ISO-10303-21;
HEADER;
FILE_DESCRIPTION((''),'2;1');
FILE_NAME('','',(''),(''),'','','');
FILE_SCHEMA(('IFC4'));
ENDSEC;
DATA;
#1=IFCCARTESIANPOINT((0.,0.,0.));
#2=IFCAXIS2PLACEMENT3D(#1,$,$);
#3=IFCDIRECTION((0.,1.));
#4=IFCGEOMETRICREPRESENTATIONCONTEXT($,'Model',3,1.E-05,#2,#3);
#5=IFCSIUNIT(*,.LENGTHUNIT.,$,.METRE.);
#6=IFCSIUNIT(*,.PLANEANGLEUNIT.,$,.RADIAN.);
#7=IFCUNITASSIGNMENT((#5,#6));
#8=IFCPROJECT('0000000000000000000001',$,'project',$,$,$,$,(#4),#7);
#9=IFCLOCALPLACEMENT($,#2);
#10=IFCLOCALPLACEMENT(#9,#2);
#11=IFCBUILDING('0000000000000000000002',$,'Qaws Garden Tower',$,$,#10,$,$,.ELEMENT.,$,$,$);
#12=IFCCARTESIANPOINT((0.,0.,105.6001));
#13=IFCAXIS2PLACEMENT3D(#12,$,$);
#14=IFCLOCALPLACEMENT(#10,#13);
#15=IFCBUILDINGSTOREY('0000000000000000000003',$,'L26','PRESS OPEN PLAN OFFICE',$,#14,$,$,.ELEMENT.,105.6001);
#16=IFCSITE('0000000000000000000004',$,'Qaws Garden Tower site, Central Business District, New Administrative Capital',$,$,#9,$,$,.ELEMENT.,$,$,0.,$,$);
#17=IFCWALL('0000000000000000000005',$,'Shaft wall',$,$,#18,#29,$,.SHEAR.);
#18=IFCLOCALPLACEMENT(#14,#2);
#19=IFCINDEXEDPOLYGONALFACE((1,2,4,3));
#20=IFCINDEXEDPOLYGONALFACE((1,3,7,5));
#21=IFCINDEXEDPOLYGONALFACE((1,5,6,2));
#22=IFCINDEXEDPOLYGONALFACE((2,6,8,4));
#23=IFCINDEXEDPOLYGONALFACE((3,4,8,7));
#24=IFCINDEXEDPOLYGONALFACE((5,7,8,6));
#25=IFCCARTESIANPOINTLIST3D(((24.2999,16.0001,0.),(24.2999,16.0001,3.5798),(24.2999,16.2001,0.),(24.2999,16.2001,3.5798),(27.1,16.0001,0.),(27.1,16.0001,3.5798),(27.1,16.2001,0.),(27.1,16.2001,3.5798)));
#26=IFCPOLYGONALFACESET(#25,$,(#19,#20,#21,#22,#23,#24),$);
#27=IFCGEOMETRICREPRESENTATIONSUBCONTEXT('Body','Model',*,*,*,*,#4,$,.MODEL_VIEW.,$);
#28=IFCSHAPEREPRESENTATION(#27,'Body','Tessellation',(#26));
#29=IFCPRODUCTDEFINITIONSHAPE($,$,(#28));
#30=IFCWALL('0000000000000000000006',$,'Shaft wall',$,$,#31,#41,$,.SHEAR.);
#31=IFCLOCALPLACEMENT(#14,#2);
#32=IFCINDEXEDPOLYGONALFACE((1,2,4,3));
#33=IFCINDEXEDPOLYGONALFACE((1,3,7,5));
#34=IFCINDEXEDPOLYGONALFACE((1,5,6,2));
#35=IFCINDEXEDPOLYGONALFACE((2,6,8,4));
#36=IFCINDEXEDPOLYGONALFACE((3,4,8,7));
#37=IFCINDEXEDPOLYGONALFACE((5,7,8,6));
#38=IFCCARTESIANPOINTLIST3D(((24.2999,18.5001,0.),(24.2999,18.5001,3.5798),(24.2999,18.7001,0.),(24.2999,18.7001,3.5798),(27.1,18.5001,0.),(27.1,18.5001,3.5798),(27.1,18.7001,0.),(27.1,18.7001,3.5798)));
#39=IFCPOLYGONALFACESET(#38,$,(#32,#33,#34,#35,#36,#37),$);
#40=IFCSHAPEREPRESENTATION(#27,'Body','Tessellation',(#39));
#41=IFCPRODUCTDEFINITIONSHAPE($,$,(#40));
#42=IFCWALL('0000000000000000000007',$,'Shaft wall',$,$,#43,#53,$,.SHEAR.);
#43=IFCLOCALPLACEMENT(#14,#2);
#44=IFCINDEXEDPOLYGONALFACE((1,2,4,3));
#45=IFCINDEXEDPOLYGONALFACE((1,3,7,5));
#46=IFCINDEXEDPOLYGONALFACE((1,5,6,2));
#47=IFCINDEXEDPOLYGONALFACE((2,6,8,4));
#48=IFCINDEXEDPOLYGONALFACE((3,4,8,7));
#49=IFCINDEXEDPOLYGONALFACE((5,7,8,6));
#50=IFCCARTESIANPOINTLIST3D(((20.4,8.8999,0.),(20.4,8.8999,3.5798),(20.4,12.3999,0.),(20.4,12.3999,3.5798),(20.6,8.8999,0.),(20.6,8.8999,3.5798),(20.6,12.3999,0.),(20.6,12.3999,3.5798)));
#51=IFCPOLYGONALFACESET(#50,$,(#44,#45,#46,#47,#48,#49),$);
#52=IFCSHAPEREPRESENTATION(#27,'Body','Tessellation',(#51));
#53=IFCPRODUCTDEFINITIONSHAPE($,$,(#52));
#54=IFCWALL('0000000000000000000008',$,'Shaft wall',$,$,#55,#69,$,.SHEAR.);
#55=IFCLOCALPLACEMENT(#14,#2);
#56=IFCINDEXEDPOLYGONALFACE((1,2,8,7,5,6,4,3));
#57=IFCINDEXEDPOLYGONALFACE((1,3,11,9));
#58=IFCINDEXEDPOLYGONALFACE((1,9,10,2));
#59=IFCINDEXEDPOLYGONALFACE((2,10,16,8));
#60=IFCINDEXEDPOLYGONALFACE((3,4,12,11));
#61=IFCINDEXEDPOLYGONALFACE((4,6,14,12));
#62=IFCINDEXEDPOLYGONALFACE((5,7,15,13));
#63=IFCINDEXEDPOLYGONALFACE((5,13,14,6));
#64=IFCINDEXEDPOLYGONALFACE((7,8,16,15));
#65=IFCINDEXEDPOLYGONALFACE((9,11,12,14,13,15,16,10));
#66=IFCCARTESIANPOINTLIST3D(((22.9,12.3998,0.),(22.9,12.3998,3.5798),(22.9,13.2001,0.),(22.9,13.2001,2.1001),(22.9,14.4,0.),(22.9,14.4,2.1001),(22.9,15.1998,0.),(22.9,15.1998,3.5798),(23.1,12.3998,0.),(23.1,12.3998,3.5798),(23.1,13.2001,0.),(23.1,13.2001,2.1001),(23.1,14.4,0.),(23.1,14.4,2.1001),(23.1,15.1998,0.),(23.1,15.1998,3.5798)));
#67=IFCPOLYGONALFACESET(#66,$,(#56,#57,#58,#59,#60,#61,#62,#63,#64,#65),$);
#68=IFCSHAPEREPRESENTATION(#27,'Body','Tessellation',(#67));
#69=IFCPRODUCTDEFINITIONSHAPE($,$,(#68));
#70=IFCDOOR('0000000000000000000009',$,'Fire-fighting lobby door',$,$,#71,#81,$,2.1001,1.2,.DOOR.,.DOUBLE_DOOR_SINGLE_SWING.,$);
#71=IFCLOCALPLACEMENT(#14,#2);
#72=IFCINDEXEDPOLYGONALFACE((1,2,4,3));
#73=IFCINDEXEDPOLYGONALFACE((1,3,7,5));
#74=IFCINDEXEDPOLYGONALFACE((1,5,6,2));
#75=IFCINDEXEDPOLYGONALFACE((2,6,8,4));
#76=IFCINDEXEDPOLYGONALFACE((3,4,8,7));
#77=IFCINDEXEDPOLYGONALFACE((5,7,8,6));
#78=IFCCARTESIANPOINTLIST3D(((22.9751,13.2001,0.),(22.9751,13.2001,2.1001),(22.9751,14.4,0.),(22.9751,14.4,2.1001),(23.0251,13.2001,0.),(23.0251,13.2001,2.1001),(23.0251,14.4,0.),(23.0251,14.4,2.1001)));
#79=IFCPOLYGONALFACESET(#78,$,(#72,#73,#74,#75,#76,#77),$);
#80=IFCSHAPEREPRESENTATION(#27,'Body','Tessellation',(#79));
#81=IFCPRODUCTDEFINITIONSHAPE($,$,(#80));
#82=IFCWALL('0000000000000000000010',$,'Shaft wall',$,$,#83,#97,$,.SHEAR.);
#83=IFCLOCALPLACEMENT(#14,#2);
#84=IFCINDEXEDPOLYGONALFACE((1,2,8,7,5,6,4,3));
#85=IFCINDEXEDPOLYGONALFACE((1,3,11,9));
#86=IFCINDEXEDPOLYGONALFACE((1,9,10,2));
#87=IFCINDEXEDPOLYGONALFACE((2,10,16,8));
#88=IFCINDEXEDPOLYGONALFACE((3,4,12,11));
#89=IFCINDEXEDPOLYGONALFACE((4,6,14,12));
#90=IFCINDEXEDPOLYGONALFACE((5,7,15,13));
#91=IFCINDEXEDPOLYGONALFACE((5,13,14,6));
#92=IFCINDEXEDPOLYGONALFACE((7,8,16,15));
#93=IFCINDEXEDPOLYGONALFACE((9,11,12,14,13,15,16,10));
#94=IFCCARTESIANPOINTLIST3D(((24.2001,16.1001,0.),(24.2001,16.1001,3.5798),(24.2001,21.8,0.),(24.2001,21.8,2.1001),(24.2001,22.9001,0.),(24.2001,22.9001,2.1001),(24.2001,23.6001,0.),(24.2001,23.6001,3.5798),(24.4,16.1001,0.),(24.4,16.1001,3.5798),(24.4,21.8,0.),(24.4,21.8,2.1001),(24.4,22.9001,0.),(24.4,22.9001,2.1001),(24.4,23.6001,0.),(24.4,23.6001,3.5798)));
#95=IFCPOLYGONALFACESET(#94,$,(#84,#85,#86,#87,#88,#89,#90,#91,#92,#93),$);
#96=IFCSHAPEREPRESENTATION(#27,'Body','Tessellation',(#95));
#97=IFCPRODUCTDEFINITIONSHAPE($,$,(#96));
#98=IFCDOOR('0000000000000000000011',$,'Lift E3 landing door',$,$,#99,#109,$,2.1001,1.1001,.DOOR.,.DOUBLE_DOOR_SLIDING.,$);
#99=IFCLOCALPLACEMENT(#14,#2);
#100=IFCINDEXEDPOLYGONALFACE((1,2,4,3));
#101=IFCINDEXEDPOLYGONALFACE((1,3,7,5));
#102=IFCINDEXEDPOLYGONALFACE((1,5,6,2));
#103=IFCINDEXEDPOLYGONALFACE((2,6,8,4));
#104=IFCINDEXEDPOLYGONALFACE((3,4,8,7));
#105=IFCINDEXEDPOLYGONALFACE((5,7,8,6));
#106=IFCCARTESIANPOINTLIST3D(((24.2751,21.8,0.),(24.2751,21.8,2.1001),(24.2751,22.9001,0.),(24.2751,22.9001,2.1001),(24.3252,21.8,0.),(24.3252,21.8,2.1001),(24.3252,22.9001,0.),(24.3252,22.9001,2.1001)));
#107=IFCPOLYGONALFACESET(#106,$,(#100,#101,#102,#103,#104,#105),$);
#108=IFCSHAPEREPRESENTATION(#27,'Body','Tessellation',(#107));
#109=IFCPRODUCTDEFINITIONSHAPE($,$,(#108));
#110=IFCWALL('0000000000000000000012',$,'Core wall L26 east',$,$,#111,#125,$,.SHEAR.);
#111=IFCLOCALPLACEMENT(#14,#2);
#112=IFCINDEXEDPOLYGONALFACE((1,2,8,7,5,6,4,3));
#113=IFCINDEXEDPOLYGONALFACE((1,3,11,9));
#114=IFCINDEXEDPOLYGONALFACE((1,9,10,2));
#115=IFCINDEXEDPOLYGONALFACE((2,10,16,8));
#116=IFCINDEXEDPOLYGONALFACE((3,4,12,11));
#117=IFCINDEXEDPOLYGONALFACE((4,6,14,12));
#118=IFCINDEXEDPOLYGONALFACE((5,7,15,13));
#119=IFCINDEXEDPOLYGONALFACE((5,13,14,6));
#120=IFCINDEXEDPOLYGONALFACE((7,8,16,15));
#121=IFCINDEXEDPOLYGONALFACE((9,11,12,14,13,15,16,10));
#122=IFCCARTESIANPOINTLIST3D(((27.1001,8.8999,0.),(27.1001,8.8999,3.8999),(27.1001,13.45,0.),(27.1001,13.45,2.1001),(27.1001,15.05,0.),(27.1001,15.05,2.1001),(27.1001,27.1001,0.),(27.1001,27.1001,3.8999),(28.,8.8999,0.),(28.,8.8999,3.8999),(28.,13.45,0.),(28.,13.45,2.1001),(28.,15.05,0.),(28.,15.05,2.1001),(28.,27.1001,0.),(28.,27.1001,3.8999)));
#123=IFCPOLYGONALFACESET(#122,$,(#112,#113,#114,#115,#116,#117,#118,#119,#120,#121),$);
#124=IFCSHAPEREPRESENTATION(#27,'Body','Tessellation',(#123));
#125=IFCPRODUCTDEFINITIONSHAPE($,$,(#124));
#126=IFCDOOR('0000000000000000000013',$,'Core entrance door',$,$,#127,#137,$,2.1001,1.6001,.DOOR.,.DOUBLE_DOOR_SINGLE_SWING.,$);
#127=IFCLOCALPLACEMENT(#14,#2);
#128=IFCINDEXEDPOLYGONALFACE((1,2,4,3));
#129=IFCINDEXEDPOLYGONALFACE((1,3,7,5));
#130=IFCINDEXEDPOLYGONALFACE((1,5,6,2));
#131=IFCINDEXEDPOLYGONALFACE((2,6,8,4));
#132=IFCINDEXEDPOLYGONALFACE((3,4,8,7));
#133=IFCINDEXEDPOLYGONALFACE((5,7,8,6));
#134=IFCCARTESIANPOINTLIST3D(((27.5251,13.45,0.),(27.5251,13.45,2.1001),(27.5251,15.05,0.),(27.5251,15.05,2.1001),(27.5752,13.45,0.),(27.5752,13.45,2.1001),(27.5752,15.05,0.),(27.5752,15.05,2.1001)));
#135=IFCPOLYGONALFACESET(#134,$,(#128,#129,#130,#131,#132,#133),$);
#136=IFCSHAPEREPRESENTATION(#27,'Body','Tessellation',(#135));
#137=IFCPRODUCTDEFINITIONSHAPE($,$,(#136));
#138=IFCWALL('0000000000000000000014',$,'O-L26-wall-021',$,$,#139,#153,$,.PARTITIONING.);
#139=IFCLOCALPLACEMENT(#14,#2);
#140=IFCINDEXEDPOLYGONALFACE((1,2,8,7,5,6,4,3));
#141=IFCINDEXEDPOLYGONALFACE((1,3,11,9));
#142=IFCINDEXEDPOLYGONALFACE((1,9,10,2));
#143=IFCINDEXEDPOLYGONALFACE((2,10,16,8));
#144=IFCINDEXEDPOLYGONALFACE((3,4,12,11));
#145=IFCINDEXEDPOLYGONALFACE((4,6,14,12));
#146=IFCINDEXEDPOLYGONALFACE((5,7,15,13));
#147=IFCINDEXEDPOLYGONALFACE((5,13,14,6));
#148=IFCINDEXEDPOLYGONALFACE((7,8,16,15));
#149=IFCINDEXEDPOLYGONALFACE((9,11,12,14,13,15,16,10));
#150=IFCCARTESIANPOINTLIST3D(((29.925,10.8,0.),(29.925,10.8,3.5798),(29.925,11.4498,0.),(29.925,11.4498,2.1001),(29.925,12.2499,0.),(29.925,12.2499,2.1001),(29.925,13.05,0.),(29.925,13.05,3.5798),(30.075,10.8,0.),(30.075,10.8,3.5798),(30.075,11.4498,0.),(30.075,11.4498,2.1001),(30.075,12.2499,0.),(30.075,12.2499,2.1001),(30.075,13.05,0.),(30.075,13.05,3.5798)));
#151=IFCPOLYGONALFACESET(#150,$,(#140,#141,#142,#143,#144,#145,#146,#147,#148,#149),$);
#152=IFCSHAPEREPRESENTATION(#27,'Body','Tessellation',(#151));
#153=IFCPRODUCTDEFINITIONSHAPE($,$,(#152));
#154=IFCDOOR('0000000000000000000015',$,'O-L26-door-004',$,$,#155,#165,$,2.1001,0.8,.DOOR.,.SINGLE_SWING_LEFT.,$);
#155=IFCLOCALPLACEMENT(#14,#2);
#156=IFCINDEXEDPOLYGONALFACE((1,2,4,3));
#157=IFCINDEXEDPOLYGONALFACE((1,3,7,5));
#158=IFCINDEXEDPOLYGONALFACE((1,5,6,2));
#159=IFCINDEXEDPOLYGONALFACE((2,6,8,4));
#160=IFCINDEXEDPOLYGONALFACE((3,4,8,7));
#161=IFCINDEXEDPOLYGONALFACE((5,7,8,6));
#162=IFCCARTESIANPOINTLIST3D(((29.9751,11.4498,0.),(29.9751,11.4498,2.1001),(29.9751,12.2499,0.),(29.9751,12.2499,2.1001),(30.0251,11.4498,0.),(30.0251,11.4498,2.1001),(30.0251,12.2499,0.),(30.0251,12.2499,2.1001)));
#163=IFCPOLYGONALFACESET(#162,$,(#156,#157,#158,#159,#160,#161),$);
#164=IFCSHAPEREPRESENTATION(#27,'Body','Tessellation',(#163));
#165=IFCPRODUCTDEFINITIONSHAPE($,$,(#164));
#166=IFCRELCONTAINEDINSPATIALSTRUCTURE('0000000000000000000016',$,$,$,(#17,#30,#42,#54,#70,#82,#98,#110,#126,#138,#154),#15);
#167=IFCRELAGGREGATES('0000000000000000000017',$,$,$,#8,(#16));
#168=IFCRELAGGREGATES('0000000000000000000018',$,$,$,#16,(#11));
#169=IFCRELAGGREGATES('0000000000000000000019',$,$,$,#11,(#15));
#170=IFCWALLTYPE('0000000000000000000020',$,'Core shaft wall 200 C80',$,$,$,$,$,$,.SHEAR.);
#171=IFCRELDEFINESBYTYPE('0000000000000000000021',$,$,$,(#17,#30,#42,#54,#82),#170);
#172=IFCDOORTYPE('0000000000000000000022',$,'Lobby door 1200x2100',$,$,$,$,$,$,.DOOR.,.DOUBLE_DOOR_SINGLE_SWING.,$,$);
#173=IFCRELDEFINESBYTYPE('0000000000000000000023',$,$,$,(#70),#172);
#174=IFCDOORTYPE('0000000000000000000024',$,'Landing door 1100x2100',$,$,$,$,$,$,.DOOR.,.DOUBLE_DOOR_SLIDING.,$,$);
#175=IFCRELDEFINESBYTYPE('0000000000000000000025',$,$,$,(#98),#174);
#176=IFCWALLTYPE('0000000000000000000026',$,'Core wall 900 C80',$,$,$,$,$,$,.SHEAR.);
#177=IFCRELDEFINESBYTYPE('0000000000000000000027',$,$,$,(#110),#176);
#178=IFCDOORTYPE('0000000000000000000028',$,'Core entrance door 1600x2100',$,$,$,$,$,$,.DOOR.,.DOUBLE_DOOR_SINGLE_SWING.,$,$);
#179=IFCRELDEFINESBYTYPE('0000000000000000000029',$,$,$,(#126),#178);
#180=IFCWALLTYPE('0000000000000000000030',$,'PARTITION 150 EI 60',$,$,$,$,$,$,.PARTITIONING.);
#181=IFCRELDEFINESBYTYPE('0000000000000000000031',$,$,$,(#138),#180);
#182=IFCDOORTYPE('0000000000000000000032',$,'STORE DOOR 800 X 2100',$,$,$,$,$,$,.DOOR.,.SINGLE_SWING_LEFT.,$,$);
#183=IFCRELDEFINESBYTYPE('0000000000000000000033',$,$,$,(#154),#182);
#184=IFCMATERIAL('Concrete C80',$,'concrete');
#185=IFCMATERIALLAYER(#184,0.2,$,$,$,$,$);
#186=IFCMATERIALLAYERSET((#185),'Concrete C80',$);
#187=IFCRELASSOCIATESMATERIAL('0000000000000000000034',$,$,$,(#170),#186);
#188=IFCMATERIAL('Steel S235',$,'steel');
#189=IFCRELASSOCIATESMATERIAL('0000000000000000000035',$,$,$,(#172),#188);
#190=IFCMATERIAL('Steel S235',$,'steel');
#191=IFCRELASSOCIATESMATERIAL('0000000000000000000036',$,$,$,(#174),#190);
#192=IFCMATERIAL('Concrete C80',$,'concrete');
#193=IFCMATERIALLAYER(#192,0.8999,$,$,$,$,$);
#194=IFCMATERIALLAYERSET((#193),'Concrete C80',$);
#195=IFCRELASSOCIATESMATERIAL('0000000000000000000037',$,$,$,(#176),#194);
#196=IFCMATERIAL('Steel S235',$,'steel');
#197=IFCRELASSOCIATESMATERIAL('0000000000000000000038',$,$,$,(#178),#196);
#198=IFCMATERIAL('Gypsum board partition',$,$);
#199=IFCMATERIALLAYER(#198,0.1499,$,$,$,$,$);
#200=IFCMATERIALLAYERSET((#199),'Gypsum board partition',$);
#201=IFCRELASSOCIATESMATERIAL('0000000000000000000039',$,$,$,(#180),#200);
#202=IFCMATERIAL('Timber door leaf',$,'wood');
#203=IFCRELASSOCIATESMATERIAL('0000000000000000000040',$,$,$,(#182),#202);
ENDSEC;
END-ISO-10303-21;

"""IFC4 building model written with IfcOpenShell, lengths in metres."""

from ifc_helpers import new_model, si_unit, direction, frame, frame_2d, origin, place, context, subcontext, project, spatial, rectangle, extrude, material, layer, layer_set, type_object, element, fill, save


model = new_model("IFC4")

# Units and contexts
model_context = context("Model", 3, precision=1e-05, world=origin(), true_north=direction((0.0, 1.0)))
body_context = subcontext(model_context, "Body", "Model", "MODEL_VIEW")
ifc_project = project(units=[si_unit("LENGTHUNIT", "METRE"), si_unit("PLANEANGLEUNIT", "RADIAN")], contexts=[model_context])

# Site, building, storey
site_placement = place(None, origin())
site = spatial("IfcSite", under=ifc_project, at=site_placement, Name="Qaws Garden Tower site, Central Business District, New Administrative Capital", CompositionType="ELEMENT", RefElevation=0.0)
building_placement = place(site_placement, origin())
building = spatial("IfcBuilding", under=site, at=building_placement, Name="Qaws Garden Tower", CompositionType="ELEMENT")
storey_placement = place(building_placement, frame((0.0, 0.0, 105.6001)))
storey = spatial("IfcBuildingStorey", under=building, at=storey_placement, Name="L26", Description="PRESS OPEN PLAN OFFICE", CompositionType="ELEMENT", Elevation=105.6001)

# Walls
ifc_material_1 = material(Name="Concrete C80", Category="concrete")
ifc_layer_1 = layer(ifc_material_1, 0.2)
ifc_layer_set_1 = layer_set([ifc_layer_1], Name="Concrete C80")
wall_type_1 = type_object("IfcWallType", Name="Core shaft wall 200 C80", PredefinedType="SHEAR", material=ifc_layer_set_1)
for number, where, z_axis, x_axis, name in (
    (1, (24.3, 16.1001, 0.0), (0.0, 0.0, 1.0), (1.0, 0.0, 0.0), "Shaft wall"),
    (2, (24.3, 18.6001, 0.0), (0.0, 0.0, 1.0), (1.0, 0.0, 0.0), "Shaft wall"),
):
    element("IfcWall", number, at=place(storey_placement, frame(where, z_axis=z_axis, x_axis=x_axis)), inside=storey, type_object=wall_type_1, Name=name, PredefinedType="SHEAR", context=body_context, shape_type="SweptSolid", body=[
        extrude(rectangle(XDim=2.8, YDim=0.2, at=frame_2d((1.3999, 0.0))), origin(), (0.0, 0.0, 1.0), 3.5798),
    ])
wall_1_placement = place(storey_placement, frame((20.5, 8.8999, 0.0), z_axis=(0.0, 0.0, 1.0), x_axis=(0.0, 1.0, 0.0)))
element("IfcWall", 3, at=wall_1_placement, inside=storey, type_object=wall_type_1, Name="Shaft wall", PredefinedType="SHEAR", context=body_context, shape_type="SweptSolid", body=[
    extrude(rectangle(XDim=3.5, YDim=0.2, at=frame_2d((1.75, 0.0))), origin(), (0.0, 0.0, 1.0), 3.5798),
])

# Walls, openings, doors
wall_2_placement = place(storey_placement, frame((23.0, 12.3999, 0.0), z_axis=(0.0, 0.0, 1.0), x_axis=(0.0, 1.0, 0.0)))
wall_2 = element("IfcWall", 4, at=wall_2_placement, inside=storey, type_object=wall_type_1, Name="Shaft wall", PredefinedType="SHEAR", context=body_context, shape_type="SweptSolid", body=[
    extrude(rectangle(XDim=2.8, YDim=0.2, at=frame_2d((1.3999, 0.0))), origin(), (0.0, 0.0, 1.0), 3.5798),
])
opening_1_placement = place(wall_2_placement, frame((0.8, 0.0, 0.0)))
opening_1 = element("IfcOpeningElement", 5, at=opening_1_placement, cuts=wall_2, PredefinedType="OPENING", context=body_context, shape_type="SweptSolid", body=[
    extrude(rectangle(XDim=1.2, YDim=2.1001, at=frame_2d((0.6001, 1.05))), frame((0.0, 0.1099, 0.0), z_axis=(0.0, -1.0, 0.0), x_axis=(1.0, 0.0, 0.0)), (0.0, 0.0, 1.0), 0.22),
])
ifc_material_2 = material(Name="Steel S235", Category="steel")
door_type_1 = type_object("IfcDoorType", Name="Lobby door 1200x2100", OperationType="DOUBLE_DOOR_SINGLE_SWING", PredefinedType="DOOR", material=ifc_material_2)
door_1_placement = place(opening_1_placement, origin())
door_1 = element("IfcDoor", 6, at=door_1_placement, inside=storey, type_object=door_type_1, Name="Fire-fighting lobby door", OperationType="DOUBLE_DOOR_SINGLE_SWING", OverallHeight=2.1001, OverallWidth=1.2, PredefinedType="DOOR", context=body_context, shape_type="SweptSolid", body=[
    extrude(rectangle(XDim=1.2, YDim=2.1001, at=frame_2d((0.6001, 1.05))), frame((0.0, 0.0249, 0.0), z_axis=(0.0, -1.0, 0.0), x_axis=(1.0, 0.0, 0.0)), (0.0, 0.0, 1.0), 0.05),
])
fill(opening_1, door_1)
wall_3_placement = place(storey_placement, frame((24.3, 16.1001, 0.0), z_axis=(0.0, 0.0, 1.0), x_axis=(0.0, 1.0, 0.0)))
wall_3 = element("IfcWall", 7, at=wall_3_placement, inside=storey, type_object=wall_type_1, Name="Shaft wall", PredefinedType="SHEAR", context=body_context, shape_type="SweptSolid", body=[
    extrude(rectangle(XDim=7.5, YDim=0.2, at=frame_2d((3.75, 0.0))), origin(), (0.0, 0.0, 1.0), 3.5798),
])
opening_2_placement = place(wall_3_placement, frame((5.7, 0.0, 0.0)))
opening_2 = element("IfcOpeningElement", 8, at=opening_2_placement, cuts=wall_3, PredefinedType="OPENING", context=body_context, shape_type="SweptSolid", body=[
    extrude(rectangle(XDim=1.1001, YDim=2.1001, at=frame_2d((0.55, 1.05))), frame((0.0, 0.1099, 0.0), z_axis=(0.0, -1.0, 0.0), x_axis=(1.0, 0.0, 0.0)), (0.0, 0.0, 1.0), 0.22),
])
ifc_material_3 = material(Name="Steel S235", Category="steel")
door_type_2 = type_object("IfcDoorType", Name="Landing door 1100x2100", OperationType="DOUBLE_DOOR_SLIDING", PredefinedType="DOOR", material=ifc_material_3)
door_2_placement = place(opening_2_placement, origin())
door_2 = element("IfcDoor", 9, at=door_2_placement, inside=storey, type_object=door_type_2, Name="Lift E3 landing door", OperationType="DOUBLE_DOOR_SLIDING", OverallHeight=2.1001, OverallWidth=1.1001, PredefinedType="DOOR", context=body_context, shape_type="SweptSolid", body=[
    extrude(rectangle(XDim=1.1001, YDim=2.1001, at=frame_2d((0.55, 1.05))), frame((0.0, 0.0249, 0.0), z_axis=(0.0, -1.0, 0.0), x_axis=(1.0, 0.0, 0.0)), (0.0, 0.0, 1.0), 0.05),
])
fill(opening_2, door_2)
ifc_material_4 = material(Name="Concrete C80", Category="concrete")
ifc_layer_2 = layer(ifc_material_4, 0.8999)
ifc_layer_set_2 = layer_set([ifc_layer_2], Name="Concrete C80")
wall_type_2 = type_object("IfcWallType", Name="Core wall 900 C80", PredefinedType="SHEAR", material=ifc_layer_set_2)
wall_4_placement = place(storey_placement, frame((27.55, 8.8999, 0.0), z_axis=(0.0, 0.0, 1.0), x_axis=(0.0, 1.0, 0.0)))
wall_4 = element("IfcWall", 10, at=wall_4_placement, inside=storey, type_object=wall_type_2, Name="Core wall L26 east", PredefinedType="SHEAR", context=body_context, shape_type="SweptSolid", body=[
    extrude(rectangle(XDim=18.2002, YDim=0.8999, at=frame_2d((9.1001, 0.0))), origin(), (0.0, 0.0, 1.0), 3.8999),
])
opening_3_placement = place(wall_4_placement, frame((4.55, 0.0, 0.0)))
opening_3 = element("IfcOpeningElement", 11, at=opening_3_placement, cuts=wall_4, PredefinedType="OPENING", context=body_context, shape_type="SweptSolid", body=[
    extrude(rectangle(XDim=1.6001, YDim=2.1001, at=frame_2d((0.8, 1.05))), frame((0.0, 0.46, 0.0), z_axis=(0.0, -1.0, 0.0), x_axis=(1.0, 0.0, 0.0)), (0.0, 0.0, 1.0), 0.9199),
])
ifc_material_5 = material(Name="Steel S235", Category="steel")
door_type_3 = type_object("IfcDoorType", Name="Core entrance door 1600x2100", OperationType="DOUBLE_DOOR_SINGLE_SWING", PredefinedType="DOOR", material=ifc_material_5)
door_3_placement = place(opening_3_placement, origin())
door_3 = element("IfcDoor", 12, at=door_3_placement, inside=storey, type_object=door_type_3, Name="Core entrance door", OperationType="DOUBLE_DOOR_SINGLE_SWING", OverallHeight=2.1001, OverallWidth=1.6001, PredefinedType="DOOR", context=body_context, shape_type="SweptSolid", body=[
    extrude(rectangle(XDim=1.6001, YDim=2.1001, at=frame_2d((0.8, 1.05))), frame((0.0, 0.0249, 0.0), z_axis=(0.0, -1.0, 0.0), x_axis=(1.0, 0.0, 0.0)), (0.0, 0.0, 1.0), 0.05),
])
fill(opening_3, door_3)
ifc_material_6 = material(Name="Gypsum board partition")
ifc_layer_3 = layer(ifc_material_6, 0.1499)
ifc_layer_set_3 = layer_set([ifc_layer_3], Name="Gypsum board partition")
wall_type_3 = type_object("IfcWallType", Name="PARTITION 150 EI 60", PredefinedType="PARTITIONING", material=ifc_layer_set_3)
wall_5_placement = place(storey_placement, frame((30.0, 10.8, 0.0), z_axis=(0.0, 0.0, 1.0), x_axis=(0.0, 1.0, 0.0)))
wall_5 = element("IfcWall", 13, at=wall_5_placement, inside=storey, type_object=wall_type_3, Name="O-L26-wall-021", PredefinedType="PARTITIONING", context=body_context, shape_type="SweptSolid", body=[
    extrude(rectangle(XDim=2.25, YDim=0.1499, at=frame_2d((1.125, 0.0))), origin(), (0.0, 0.0, 1.0), 3.5798),
])
opening_4_placement = place(wall_5_placement, frame((0.6499, 0.0, 0.0)))
opening_4 = element("IfcOpeningElement", 14, at=opening_4_placement, cuts=wall_5, PredefinedType="OPENING", context=body_context, shape_type="SweptSolid", body=[
    extrude(rectangle(XDim=0.8, YDim=2.1001, at=frame_2d((0.3999, 1.05))), frame((0.0, 0.085, 0.0), z_axis=(0.0, -1.0, 0.0), x_axis=(1.0, 0.0, 0.0)), (0.0, 0.0, 1.0), 0.1699),
])
ifc_material_7 = material(Name="Timber door leaf", Category="wood")
door_type_4 = type_object("IfcDoorType", Name="STORE DOOR 800 X 2100", OperationType="SINGLE_SWING_LEFT", PredefinedType="DOOR", material=ifc_material_7)
door_4_placement = place(opening_4_placement, origin())
door_4 = element("IfcDoor", 15, at=door_4_placement, inside=storey, type_object=door_type_4, Name="O-L26-door-004", OperationType="SINGLE_SWING_LEFT", OverallHeight=2.1001, OverallWidth=0.8, PredefinedType="DOOR", context=body_context, shape_type="SweptSolid", body=[
    extrude(rectangle(XDim=0.8, YDim=2.1001, at=frame_2d((0.3999, 1.05))), frame((0.0, 0.0249, 0.0), z_axis=(0.0, -1.0, 0.0), x_axis=(1.0, 0.0, 0.0)), (0.0, 0.0, 1.0), 0.05),
])
fill(opening_4, door_4)

save(model, "model.ifc")
